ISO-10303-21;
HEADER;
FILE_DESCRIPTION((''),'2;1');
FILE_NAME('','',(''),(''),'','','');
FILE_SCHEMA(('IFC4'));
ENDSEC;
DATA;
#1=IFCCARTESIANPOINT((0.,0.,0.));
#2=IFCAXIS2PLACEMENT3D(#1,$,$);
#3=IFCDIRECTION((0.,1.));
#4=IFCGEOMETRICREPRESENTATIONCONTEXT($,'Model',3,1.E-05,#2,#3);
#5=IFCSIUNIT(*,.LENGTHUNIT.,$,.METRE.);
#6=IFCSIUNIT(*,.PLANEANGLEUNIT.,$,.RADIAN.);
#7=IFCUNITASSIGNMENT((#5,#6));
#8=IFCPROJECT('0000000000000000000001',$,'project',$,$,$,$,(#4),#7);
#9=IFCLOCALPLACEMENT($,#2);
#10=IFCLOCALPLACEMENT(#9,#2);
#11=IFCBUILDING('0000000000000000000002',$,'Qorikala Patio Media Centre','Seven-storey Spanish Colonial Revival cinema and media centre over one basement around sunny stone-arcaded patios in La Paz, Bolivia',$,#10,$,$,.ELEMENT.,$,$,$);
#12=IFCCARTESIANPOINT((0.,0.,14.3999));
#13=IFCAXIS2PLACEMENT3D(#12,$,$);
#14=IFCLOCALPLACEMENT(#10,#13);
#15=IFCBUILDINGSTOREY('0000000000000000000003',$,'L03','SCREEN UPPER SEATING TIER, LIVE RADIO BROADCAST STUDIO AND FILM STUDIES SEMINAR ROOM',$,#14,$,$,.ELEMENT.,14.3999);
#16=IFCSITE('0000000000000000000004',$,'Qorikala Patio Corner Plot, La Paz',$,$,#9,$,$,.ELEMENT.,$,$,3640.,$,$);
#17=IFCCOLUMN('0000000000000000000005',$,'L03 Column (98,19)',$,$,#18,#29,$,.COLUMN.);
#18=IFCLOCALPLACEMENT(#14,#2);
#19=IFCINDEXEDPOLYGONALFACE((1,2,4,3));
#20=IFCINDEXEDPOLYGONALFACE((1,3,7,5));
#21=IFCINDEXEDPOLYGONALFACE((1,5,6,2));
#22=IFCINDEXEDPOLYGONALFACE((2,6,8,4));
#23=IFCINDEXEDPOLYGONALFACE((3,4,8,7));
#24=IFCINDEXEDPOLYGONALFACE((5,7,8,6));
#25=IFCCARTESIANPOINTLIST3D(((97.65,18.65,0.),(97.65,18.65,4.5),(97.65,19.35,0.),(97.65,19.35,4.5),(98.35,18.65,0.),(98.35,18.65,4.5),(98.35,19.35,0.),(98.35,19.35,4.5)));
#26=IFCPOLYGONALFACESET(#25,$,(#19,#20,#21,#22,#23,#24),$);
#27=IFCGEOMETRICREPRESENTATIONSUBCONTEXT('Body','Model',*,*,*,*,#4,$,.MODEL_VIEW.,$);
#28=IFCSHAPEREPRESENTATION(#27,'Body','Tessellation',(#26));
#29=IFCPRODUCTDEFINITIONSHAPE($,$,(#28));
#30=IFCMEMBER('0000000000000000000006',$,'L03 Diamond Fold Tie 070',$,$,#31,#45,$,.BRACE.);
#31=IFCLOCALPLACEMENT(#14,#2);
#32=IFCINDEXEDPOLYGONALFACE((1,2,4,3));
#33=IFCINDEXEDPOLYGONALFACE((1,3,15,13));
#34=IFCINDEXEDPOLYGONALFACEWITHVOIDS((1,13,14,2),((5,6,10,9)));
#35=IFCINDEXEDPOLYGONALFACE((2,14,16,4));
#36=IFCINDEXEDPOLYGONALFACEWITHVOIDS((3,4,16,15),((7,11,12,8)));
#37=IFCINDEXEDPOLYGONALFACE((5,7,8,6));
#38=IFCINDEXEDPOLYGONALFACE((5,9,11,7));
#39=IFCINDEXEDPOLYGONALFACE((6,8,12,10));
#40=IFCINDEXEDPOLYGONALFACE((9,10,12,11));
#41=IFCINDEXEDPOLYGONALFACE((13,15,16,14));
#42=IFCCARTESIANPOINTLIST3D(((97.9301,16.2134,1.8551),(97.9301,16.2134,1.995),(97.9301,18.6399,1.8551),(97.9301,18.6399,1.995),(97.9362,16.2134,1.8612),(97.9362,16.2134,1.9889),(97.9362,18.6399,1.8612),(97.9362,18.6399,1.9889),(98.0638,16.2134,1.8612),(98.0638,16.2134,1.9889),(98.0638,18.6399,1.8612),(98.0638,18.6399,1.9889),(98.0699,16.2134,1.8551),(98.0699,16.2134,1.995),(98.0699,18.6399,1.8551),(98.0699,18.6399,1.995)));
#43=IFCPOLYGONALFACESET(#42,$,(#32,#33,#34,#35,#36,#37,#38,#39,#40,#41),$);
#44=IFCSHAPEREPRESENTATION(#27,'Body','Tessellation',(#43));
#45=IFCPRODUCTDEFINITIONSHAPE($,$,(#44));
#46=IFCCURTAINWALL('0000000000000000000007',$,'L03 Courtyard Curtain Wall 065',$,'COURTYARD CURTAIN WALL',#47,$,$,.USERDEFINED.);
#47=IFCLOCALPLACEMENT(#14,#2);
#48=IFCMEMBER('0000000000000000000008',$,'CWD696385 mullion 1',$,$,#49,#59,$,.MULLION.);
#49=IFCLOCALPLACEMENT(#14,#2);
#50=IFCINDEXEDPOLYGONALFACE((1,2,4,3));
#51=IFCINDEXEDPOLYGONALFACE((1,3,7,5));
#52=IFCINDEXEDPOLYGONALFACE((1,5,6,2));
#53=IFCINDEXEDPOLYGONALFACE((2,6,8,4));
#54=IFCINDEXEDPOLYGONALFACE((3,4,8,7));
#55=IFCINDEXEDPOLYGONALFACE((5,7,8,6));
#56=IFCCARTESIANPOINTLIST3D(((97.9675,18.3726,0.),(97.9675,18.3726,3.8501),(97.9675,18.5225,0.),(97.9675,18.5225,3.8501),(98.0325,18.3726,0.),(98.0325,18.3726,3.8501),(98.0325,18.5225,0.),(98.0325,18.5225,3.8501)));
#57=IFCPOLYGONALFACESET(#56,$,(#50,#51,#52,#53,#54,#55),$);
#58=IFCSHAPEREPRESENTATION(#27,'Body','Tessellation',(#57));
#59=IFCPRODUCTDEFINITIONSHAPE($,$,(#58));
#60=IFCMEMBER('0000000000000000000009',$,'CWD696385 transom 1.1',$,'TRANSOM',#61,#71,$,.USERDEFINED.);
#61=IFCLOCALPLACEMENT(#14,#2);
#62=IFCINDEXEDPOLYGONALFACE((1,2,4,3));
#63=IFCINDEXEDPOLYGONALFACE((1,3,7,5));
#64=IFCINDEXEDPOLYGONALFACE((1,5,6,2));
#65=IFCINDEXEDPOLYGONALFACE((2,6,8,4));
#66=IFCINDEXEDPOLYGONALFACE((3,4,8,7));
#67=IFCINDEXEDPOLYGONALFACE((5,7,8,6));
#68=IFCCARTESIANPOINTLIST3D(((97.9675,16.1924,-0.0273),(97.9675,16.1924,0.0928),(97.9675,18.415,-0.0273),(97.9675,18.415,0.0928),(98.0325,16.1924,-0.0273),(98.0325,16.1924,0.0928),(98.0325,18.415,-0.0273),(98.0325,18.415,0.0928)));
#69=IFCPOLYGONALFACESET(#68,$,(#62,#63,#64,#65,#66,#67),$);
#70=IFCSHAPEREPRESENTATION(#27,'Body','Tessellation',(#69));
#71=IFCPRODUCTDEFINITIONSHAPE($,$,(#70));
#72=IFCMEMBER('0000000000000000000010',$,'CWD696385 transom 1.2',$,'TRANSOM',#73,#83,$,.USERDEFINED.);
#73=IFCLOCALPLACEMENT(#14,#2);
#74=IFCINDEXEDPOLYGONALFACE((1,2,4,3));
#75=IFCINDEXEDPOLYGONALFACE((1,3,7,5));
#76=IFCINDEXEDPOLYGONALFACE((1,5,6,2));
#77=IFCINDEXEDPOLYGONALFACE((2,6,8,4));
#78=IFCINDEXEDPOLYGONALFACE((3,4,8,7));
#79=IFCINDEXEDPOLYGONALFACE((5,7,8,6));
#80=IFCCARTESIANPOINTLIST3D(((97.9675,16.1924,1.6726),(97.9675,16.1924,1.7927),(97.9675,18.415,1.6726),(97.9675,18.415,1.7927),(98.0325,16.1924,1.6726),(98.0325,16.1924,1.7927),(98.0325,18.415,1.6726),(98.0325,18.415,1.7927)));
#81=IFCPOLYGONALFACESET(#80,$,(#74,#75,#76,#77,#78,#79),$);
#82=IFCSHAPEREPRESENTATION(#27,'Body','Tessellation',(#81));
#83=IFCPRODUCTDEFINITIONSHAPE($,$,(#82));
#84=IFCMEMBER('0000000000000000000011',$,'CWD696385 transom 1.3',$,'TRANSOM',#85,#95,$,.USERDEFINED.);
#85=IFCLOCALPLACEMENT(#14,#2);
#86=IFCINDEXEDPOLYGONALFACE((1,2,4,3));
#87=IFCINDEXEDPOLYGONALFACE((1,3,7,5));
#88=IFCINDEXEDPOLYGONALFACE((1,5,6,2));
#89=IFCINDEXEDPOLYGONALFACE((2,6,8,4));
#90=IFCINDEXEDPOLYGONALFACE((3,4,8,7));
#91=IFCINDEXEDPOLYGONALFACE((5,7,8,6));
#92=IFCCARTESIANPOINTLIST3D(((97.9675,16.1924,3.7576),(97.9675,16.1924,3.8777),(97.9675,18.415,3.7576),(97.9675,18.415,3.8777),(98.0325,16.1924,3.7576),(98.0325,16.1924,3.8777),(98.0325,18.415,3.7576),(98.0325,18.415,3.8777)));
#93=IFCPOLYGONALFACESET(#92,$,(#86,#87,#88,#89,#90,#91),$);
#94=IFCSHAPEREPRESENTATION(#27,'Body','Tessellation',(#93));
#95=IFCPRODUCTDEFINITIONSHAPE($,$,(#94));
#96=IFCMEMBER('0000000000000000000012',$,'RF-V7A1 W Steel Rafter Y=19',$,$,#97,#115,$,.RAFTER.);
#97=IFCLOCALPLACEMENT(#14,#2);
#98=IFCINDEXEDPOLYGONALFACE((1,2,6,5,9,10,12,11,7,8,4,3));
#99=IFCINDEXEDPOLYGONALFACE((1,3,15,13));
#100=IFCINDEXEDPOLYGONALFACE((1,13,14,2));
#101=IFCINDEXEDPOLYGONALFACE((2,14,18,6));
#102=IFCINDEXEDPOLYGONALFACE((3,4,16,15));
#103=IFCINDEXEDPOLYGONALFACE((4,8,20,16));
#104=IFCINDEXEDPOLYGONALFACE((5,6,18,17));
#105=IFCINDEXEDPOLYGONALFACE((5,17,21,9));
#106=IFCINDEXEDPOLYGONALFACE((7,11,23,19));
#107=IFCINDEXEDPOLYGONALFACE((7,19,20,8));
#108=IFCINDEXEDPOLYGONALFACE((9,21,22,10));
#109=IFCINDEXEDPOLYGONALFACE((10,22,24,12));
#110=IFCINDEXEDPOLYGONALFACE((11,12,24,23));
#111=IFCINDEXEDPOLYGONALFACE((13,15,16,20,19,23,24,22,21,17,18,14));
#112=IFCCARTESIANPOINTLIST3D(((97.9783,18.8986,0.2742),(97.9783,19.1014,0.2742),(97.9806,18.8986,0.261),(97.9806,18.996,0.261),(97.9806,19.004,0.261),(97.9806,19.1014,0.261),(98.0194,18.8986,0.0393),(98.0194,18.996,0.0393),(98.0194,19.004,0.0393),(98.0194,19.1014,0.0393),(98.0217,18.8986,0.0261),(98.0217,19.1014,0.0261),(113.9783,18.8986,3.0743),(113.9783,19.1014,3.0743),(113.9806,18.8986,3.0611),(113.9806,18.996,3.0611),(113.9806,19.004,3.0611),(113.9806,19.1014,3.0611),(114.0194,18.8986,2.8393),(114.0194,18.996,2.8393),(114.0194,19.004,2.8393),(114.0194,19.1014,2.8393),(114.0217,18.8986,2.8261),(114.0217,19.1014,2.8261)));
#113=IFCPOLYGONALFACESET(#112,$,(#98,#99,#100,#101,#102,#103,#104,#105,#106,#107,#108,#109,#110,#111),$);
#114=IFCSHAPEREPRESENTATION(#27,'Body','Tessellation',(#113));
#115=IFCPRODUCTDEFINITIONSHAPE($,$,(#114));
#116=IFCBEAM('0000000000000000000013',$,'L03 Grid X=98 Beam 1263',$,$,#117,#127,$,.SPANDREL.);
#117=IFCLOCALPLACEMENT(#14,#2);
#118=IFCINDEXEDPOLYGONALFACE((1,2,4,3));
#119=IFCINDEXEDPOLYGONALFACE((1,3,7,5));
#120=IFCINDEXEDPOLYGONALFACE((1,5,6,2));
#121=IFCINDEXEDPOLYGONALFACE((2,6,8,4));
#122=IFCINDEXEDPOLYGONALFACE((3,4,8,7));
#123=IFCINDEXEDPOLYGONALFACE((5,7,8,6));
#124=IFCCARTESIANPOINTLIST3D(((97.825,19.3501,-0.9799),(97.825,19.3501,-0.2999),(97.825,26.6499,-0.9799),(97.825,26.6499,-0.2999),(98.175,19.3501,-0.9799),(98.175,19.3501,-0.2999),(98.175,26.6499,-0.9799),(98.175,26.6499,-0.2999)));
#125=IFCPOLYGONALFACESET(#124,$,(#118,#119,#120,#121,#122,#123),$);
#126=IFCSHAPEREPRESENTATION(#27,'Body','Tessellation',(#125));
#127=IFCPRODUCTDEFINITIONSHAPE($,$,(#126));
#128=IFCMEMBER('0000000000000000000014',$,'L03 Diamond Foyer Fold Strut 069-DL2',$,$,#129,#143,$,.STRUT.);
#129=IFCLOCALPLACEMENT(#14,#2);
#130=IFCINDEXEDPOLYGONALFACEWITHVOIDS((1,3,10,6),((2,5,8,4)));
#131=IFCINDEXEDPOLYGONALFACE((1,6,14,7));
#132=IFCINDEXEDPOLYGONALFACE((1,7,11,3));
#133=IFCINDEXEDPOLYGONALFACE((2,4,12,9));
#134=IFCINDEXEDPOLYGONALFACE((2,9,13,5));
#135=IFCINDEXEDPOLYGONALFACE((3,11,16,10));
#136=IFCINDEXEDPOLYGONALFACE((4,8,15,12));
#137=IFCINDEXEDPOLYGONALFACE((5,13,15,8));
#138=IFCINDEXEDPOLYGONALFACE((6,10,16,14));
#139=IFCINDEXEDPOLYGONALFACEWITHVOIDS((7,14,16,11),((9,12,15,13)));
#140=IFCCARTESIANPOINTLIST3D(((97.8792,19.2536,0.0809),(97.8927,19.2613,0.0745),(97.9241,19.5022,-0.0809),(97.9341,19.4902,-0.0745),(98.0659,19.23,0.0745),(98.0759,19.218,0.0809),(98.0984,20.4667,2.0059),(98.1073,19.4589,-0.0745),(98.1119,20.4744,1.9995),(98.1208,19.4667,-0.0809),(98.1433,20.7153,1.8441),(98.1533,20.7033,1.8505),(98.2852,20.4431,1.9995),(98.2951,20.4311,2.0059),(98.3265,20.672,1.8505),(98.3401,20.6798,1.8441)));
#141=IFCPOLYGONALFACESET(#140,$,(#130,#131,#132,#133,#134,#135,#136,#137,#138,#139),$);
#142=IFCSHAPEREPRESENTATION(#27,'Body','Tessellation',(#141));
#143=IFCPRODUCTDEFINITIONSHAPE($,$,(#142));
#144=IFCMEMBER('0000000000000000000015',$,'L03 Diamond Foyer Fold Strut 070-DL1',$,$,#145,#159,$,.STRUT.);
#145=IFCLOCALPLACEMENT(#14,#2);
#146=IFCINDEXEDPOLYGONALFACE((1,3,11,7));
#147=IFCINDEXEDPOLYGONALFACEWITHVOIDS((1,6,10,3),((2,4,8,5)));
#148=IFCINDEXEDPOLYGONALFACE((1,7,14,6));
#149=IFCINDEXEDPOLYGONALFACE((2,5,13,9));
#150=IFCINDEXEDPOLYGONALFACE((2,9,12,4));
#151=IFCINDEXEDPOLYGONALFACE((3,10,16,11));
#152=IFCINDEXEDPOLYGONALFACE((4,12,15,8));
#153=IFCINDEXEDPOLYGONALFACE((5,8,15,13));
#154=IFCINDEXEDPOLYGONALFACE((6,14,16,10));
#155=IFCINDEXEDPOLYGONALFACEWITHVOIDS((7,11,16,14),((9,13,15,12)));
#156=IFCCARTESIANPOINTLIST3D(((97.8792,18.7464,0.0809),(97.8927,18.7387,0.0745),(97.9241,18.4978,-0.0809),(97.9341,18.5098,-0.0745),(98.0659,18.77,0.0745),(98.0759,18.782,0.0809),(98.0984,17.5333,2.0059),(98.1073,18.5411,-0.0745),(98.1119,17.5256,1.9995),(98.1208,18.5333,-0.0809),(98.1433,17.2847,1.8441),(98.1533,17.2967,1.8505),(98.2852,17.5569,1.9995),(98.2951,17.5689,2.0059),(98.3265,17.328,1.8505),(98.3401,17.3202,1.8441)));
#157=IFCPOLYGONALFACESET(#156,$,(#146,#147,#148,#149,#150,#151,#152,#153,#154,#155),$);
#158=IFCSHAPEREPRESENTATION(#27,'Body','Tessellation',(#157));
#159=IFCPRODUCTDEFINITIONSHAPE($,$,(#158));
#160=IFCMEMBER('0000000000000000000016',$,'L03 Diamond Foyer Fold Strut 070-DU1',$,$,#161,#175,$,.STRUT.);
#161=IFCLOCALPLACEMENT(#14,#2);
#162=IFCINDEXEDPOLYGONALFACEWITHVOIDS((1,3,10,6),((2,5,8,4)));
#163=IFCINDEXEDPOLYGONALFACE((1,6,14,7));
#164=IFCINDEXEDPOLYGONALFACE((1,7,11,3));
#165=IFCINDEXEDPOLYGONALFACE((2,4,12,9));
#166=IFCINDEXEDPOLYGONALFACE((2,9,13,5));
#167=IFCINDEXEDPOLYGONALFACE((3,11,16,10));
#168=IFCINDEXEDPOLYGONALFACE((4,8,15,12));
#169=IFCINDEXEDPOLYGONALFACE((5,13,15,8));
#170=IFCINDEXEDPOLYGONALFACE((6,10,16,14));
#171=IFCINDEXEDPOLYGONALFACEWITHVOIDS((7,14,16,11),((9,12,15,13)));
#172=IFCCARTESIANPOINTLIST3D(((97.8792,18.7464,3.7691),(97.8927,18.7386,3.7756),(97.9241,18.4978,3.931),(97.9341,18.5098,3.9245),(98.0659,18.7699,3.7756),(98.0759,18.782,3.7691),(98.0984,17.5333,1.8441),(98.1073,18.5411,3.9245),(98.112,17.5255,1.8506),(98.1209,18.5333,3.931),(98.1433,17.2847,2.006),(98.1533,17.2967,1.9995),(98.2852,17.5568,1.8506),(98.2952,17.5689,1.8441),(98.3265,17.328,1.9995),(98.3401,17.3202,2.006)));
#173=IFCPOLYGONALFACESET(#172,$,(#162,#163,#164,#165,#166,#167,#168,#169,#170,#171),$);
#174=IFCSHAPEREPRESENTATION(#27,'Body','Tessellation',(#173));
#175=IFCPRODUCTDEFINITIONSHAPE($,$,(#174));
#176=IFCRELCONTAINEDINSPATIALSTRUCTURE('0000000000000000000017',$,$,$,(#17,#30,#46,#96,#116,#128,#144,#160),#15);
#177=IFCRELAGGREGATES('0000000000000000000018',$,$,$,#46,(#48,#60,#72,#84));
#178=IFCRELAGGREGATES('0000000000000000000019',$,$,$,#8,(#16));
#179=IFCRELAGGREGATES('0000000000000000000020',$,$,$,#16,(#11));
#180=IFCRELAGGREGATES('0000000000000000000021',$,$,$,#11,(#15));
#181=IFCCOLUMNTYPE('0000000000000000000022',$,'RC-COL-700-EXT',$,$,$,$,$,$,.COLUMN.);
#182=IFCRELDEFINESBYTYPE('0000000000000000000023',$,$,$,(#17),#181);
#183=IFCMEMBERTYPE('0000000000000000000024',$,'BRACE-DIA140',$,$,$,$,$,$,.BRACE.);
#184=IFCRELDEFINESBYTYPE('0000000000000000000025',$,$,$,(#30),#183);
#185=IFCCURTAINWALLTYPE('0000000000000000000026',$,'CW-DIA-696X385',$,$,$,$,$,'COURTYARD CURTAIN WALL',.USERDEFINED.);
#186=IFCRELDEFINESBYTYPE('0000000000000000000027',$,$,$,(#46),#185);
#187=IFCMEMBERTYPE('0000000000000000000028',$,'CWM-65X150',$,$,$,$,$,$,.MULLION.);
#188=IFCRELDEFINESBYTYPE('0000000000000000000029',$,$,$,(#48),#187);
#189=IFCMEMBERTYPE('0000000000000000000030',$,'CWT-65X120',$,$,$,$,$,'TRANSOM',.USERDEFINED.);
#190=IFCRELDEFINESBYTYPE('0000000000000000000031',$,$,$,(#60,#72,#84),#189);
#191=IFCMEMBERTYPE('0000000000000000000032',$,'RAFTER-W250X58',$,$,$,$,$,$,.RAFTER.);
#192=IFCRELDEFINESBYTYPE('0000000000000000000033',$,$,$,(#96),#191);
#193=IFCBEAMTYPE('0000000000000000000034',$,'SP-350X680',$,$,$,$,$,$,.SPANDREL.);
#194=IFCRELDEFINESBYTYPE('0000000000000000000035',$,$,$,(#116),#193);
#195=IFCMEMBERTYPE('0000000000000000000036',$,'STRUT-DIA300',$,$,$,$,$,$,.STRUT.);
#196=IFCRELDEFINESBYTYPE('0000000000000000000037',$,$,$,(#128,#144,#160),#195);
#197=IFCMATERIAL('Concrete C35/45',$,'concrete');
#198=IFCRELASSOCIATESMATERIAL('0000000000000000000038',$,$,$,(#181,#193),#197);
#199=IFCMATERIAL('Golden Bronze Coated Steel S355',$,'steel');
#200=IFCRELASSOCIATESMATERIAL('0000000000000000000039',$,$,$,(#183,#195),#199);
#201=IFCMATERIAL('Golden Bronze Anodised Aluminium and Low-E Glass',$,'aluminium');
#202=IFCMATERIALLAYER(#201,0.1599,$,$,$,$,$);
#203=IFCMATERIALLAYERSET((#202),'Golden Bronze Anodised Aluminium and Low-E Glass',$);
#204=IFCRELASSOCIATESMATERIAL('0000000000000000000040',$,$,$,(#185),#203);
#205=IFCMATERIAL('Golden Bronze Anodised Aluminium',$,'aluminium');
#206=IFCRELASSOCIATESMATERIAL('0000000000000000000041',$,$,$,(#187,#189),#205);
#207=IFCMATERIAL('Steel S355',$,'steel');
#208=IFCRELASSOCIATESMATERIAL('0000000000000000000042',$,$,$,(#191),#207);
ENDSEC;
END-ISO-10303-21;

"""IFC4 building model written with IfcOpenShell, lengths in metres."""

from ifc_helpers import new_model, si_unit, direction, frame, origin, origin_2d, place, context, subcontext, project, spatial, rectangle, hollow_rectangle, i_section, extrude, material, layer, layer_set, material_profile, profile_set, type_object, element, aggregate, save


model = new_model("IFC4")

# Units and contexts
model_context = context("Model", 3, precision=1e-05, world=origin(), true_north=direction((0.0, 1.0)))
body_context = subcontext(model_context, "Body", "Model", "MODEL_VIEW")
ifc_project = project(units=[si_unit("LENGTHUNIT", "METRE"), si_unit("PLANEANGLEUNIT", "RADIAN")], contexts=[model_context])

# Site, building, storey
site_placement = place(None, origin())
site = spatial("IfcSite", under=ifc_project, at=site_placement, Name="Qorikala Patio Corner Plot, La Paz", CompositionType="ELEMENT", RefElevation=3640.0)
building_placement = place(site_placement, origin())
building = spatial("IfcBuilding", under=site, at=building_placement, Name="Qorikala Patio Media Centre", Description="Seven-storey Spanish Colonial Revival cinema and media centre over one basement around sunny stone-arcaded patios in La Paz, Bolivia", CompositionType="ELEMENT")
storey_placement = place(building_placement, frame((0.0, 0.0, 14.3999)))
storey = spatial("IfcBuildingStorey", under=building, at=storey_placement, Name="L03", Description="SCREEN UPPER SEATING TIER, LIVE RADIO BROADCAST STUDIO AND FILM STUDIES SEMINAR ROOM", CompositionType="ELEMENT", Elevation=14.3999)

# Column
ifc_material_1 = material(Name="Concrete C35/45", Category="concrete")
ifc_material_profile_1 = material_profile(ifc_material_1, rectangle(XDim=0.7, YDim=0.7, at=origin_2d()), Name="RC 700x700")
ifc_profile_set_1 = profile_set([ifc_material_profile_1], Name="Concrete C35/45")
column_type = type_object("IfcColumnType", Name="RC-COL-700-EXT", PredefinedType="COLUMN", material=ifc_profile_set_1)
column_placement = place(storey_placement, frame((98.0, 19.0, 0.0), z_axis=(0.0, 0.0, 1.0), x_axis=(1.0, 0.0, 0.0)))
element("IfcColumn", 1, at=column_placement, inside=storey, type_object=column_type, Name="L03 Column (98,19)", PredefinedType="COLUMN", context=body_context, shape_type="SweptSolid", body=[
    extrude(rectangle(XDim=0.7, YDim=0.7, at=origin_2d()), origin(), (0.0, 0.0, 1.0), 4.5),
])

# Member
ifc_material_2 = material(Name="Golden Bronze Coated Steel S355", Category="steel")
ifc_material_profile_2 = material_profile(ifc_material_2, hollow_rectangle(XDim=0.1399, YDim=0.1399, WallThickness=0.0061, at=origin_2d()), Name="HSS140X140X6")
ifc_profile_set_2 = profile_set([ifc_material_profile_2], Name="Golden Bronze Coated Steel S355")
member_type_1 = type_object("IfcMemberType", Name="BRACE-DIA140", PredefinedType="BRACE", material=ifc_profile_set_2)
member_1_placement = place(storey_placement, frame((98.0, 18.6399, 1.925), z_axis=(0.0, -1.0, 0.0), x_axis=(1.0, 0.0, 0.0)))
element("IfcMember", 2, at=member_1_placement, inside=storey, type_object=member_type_1, Name="L03 Diamond Fold Tie 070", PredefinedType="BRACE", context=body_context, shape_type="SweptSolid", body=[
    extrude(hollow_rectangle(XDim=0.1399, YDim=0.1399, WallThickness=0.0061, at=origin_2d()), origin(), (0.0, 0.0, 1.0), 2.4265),
])

# Curtain wall, members
ifc_material_3 = material(Name="Golden Bronze Anodised Aluminium and Low-E Glass", Category="aluminium")
ifc_layer_1 = layer(ifc_material_3, 0.1599)
ifc_layer_set_1 = layer_set([ifc_layer_1], Name="Golden Bronze Anodised Aluminium and Low-E Glass")
curtain_wall_type = type_object("IfcCurtainWallType", Name="CW-DIA-696X385", ElementType="COURTYARD CURTAIN WALL", PredefinedType="USERDEFINED", material=ifc_layer_set_1)
curtain_wall_placement = place(storey_placement, origin())
curtain_wall = element("IfcCurtainWall", 3, at=curtain_wall_placement, inside=storey, type_object=curtain_wall_type, Name="L03 Courtyard Curtain Wall 065", ObjectType="COURTYARD CURTAIN WALL", PredefinedType="USERDEFINED")
ifc_material_4 = material(Name="Golden Bronze Anodised Aluminium", Category="aluminium")
ifc_material_profile_3 = material_profile(ifc_material_4, rectangle(XDim=0.0649, YDim=0.1499, at=origin_2d()), Name="ALU MULLION 65x150")
ifc_profile_set_3 = profile_set([ifc_material_profile_3], Name="Golden Bronze Anodised Aluminium")
member_type_2 = type_object("IfcMemberType", Name="CWM-65X150", PredefinedType="MULLION", material=ifc_profile_set_3)
member_2_placement = place(storey_placement, frame((98.0, 18.4475, 0.0), z_axis=(0.0, 0.0, 1.0), x_axis=(1.0, 0.0, 0.0)))
member_2 = element("IfcMember", 4, at=member_2_placement, type_object=member_type_2, Name="CWD696385 mullion 1", PredefinedType="MULLION", context=body_context, shape_type="SweptSolid", body=[
    extrude(rectangle(XDim=0.0649, YDim=0.1499, at=origin_2d()), origin(), (0.0, 0.0, 1.0), 3.8501),
])
ifc_material_profile_4 = material_profile(ifc_material_4, rectangle(XDim=0.0649, YDim=0.1201, at=origin_2d()), Name="ALU TRANSOM 65x120")
ifc_profile_set_4 = profile_set([ifc_material_profile_4], Name="Golden Bronze Anodised Aluminium")
member_type_3 = type_object("IfcMemberType", Name="CWT-65X120", ElementType="TRANSOM", PredefinedType="USERDEFINED", material=ifc_profile_set_4)
member_3_placement = place(storey_placement, frame((98.0, 18.415, 0.0327), z_axis=(0.0, -1.0, 0.0), x_axis=(1.0, 0.0, 0.0)))
member_3 = element("IfcMember", 5, at=member_3_placement, type_object=member_type_3, Name="CWD696385 transom 1.1", ObjectType="TRANSOM", PredefinedType="USERDEFINED", context=body_context, shape_type="SweptSolid", body=[
    extrude(rectangle(XDim=0.0649, YDim=0.1201, at=origin_2d()), origin(), (0.0, 0.0, 1.0), 2.2227),
])
member_4_placement = place(storey_placement, frame((98.0, 18.415, 1.7327), z_axis=(0.0, -1.0, 0.0), x_axis=(1.0, 0.0, 0.0)))
member_4 = element("IfcMember", 6, at=member_4_placement, type_object=member_type_3, Name="CWD696385 transom 1.2", ObjectType="TRANSOM", PredefinedType="USERDEFINED", context=body_context, shape_type="SweptSolid", body=[
    extrude(rectangle(XDim=0.0649, YDim=0.1201, at=origin_2d()), origin(), (0.0, 0.0, 1.0), 2.2227),
])
member_5_placement = place(storey_placement, frame((98.0, 18.415, 3.8176), z_axis=(0.0, -1.0, 0.0), x_axis=(1.0, 0.0, 0.0)))
member_5 = element("IfcMember", 7, at=member_5_placement, type_object=member_type_3, Name="CWD696385 transom 1.3", ObjectType="TRANSOM", PredefinedType="USERDEFINED", context=body_context, shape_type="SweptSolid", body=[
    extrude(rectangle(XDim=0.0649, YDim=0.1201, at=origin_2d()), origin(), (0.0, 0.0, 1.0), 2.2227),
])

# Member
ifc_material_5 = material(Name="Steel S355", Category="steel")
ifc_material_profile_5 = material_profile(ifc_material_5, i_section(OverallWidth=0.2029, OverallDepth=0.252, WebThickness=0.0081, FlangeThickness=0.0134, at=origin_2d()), Name="W250X58")
ifc_profile_set_5 = profile_set([ifc_material_profile_5], Name="Steel S355")
member_type_4 = type_object("IfcMemberType", Name="RAFTER-W250X58", PredefinedType="RAFTER", material=ifc_profile_set_5)
member_6_placement = place(storey_placement, frame((98.0, 19.0, 0.1501), z_axis=(0.98503, 0.0, 0.172383), x_axis=(0.0, 1.0, 0.0)))
element("IfcMember", 8, at=member_6_placement, inside=storey, type_object=member_type_4, Name="RF-V7A1 W Steel Rafter Y=19", PredefinedType="RAFTER", context=body_context, shape_type="SweptSolid", body=[
    extrude(i_section(OverallWidth=0.2029, OverallDepth=0.252, WebThickness=0.0081, FlangeThickness=0.0134, at=origin_2d()), origin(), (0.0, 0.0, 1.0), 16.2432),
])

# Beam
ifc_material_profile_6 = material_profile(ifc_material_1, rectangle(XDim=0.3501, YDim=0.6799, at=origin_2d()), Name="RC 350x680")
ifc_profile_set_6 = profile_set([ifc_material_profile_6], Name="Concrete C35/45")
beam_type = type_object("IfcBeamType", Name="SP-350X680", PredefinedType="SPANDREL", material=ifc_profile_set_6)
beam_placement = place(storey_placement, frame((98.0, 19.3501, -0.6399), z_axis=(0.0, 1.0, 0.0), x_axis=(-1.0, 0.0, 0.0)))
element("IfcBeam", 9, at=beam_placement, inside=storey, type_object=beam_type, Name="L03 Grid X=98 Beam 1263", PredefinedType="SPANDREL", context=body_context, shape_type="SweptSolid", body=[
    extrude(rectangle(XDim=0.3501, YDim=0.6799, at=origin_2d()), origin(), (0.0, 0.0, 1.0), 7.2998),
])

# Members
ifc_material_profile_7 = material_profile(ifc_material_2, hollow_rectangle(XDim=0.2, YDim=0.3, WallThickness=0.012, at=origin_2d()), Name="HSS300X200X12")
ifc_profile_set_7 = profile_set([ifc_material_profile_7], Name="Golden Bronze Coated Steel S355")
member_type_5 = type_object("IfcMemberType", Name="STRUT-DIA300", PredefinedType="STRUT", material=ifc_profile_set_7)
for number, where, z_axis, x_axis, name in (
    (10, (98.0, 19.3601, 0.0), (0.095907, 0.530691, 0.842121), (-0.984059, 0.17784, 0.0), "L03 Diamond Foyer Fold Strut 069-DL2"),
    (11, (98.0, 18.6399, 0.0), (0.095907, -0.530691, 0.842121), (0.984059, 0.17784, 0.0), "L03 Diamond Foyer Fold Strut 070-DL1"),
    (12, (98.2192, 17.4268, 1.925), (-0.095907, 0.530691, 0.842121), (-0.984059, -0.17784, 0.0), "L03 Diamond Foyer Fold Strut 070-DU1"),
):
    element("IfcMember", number, at=place(storey_placement, frame(where, z_axis=z_axis, x_axis=x_axis)), inside=storey, type_object=member_type_5, Name=name, PredefinedType="STRUT", context=body_context, shape_type="SweptSolid", body=[
        extrude(hollow_rectangle(XDim=0.2, YDim=0.3, WallThickness=0.012, at=origin_2d()), origin(), (0.0, 0.0, 1.0), 2.2859),
    ])

aggregate(curtain_wall, [member_2, member_3, member_4, member_5])

save(model, "model.ifc")
